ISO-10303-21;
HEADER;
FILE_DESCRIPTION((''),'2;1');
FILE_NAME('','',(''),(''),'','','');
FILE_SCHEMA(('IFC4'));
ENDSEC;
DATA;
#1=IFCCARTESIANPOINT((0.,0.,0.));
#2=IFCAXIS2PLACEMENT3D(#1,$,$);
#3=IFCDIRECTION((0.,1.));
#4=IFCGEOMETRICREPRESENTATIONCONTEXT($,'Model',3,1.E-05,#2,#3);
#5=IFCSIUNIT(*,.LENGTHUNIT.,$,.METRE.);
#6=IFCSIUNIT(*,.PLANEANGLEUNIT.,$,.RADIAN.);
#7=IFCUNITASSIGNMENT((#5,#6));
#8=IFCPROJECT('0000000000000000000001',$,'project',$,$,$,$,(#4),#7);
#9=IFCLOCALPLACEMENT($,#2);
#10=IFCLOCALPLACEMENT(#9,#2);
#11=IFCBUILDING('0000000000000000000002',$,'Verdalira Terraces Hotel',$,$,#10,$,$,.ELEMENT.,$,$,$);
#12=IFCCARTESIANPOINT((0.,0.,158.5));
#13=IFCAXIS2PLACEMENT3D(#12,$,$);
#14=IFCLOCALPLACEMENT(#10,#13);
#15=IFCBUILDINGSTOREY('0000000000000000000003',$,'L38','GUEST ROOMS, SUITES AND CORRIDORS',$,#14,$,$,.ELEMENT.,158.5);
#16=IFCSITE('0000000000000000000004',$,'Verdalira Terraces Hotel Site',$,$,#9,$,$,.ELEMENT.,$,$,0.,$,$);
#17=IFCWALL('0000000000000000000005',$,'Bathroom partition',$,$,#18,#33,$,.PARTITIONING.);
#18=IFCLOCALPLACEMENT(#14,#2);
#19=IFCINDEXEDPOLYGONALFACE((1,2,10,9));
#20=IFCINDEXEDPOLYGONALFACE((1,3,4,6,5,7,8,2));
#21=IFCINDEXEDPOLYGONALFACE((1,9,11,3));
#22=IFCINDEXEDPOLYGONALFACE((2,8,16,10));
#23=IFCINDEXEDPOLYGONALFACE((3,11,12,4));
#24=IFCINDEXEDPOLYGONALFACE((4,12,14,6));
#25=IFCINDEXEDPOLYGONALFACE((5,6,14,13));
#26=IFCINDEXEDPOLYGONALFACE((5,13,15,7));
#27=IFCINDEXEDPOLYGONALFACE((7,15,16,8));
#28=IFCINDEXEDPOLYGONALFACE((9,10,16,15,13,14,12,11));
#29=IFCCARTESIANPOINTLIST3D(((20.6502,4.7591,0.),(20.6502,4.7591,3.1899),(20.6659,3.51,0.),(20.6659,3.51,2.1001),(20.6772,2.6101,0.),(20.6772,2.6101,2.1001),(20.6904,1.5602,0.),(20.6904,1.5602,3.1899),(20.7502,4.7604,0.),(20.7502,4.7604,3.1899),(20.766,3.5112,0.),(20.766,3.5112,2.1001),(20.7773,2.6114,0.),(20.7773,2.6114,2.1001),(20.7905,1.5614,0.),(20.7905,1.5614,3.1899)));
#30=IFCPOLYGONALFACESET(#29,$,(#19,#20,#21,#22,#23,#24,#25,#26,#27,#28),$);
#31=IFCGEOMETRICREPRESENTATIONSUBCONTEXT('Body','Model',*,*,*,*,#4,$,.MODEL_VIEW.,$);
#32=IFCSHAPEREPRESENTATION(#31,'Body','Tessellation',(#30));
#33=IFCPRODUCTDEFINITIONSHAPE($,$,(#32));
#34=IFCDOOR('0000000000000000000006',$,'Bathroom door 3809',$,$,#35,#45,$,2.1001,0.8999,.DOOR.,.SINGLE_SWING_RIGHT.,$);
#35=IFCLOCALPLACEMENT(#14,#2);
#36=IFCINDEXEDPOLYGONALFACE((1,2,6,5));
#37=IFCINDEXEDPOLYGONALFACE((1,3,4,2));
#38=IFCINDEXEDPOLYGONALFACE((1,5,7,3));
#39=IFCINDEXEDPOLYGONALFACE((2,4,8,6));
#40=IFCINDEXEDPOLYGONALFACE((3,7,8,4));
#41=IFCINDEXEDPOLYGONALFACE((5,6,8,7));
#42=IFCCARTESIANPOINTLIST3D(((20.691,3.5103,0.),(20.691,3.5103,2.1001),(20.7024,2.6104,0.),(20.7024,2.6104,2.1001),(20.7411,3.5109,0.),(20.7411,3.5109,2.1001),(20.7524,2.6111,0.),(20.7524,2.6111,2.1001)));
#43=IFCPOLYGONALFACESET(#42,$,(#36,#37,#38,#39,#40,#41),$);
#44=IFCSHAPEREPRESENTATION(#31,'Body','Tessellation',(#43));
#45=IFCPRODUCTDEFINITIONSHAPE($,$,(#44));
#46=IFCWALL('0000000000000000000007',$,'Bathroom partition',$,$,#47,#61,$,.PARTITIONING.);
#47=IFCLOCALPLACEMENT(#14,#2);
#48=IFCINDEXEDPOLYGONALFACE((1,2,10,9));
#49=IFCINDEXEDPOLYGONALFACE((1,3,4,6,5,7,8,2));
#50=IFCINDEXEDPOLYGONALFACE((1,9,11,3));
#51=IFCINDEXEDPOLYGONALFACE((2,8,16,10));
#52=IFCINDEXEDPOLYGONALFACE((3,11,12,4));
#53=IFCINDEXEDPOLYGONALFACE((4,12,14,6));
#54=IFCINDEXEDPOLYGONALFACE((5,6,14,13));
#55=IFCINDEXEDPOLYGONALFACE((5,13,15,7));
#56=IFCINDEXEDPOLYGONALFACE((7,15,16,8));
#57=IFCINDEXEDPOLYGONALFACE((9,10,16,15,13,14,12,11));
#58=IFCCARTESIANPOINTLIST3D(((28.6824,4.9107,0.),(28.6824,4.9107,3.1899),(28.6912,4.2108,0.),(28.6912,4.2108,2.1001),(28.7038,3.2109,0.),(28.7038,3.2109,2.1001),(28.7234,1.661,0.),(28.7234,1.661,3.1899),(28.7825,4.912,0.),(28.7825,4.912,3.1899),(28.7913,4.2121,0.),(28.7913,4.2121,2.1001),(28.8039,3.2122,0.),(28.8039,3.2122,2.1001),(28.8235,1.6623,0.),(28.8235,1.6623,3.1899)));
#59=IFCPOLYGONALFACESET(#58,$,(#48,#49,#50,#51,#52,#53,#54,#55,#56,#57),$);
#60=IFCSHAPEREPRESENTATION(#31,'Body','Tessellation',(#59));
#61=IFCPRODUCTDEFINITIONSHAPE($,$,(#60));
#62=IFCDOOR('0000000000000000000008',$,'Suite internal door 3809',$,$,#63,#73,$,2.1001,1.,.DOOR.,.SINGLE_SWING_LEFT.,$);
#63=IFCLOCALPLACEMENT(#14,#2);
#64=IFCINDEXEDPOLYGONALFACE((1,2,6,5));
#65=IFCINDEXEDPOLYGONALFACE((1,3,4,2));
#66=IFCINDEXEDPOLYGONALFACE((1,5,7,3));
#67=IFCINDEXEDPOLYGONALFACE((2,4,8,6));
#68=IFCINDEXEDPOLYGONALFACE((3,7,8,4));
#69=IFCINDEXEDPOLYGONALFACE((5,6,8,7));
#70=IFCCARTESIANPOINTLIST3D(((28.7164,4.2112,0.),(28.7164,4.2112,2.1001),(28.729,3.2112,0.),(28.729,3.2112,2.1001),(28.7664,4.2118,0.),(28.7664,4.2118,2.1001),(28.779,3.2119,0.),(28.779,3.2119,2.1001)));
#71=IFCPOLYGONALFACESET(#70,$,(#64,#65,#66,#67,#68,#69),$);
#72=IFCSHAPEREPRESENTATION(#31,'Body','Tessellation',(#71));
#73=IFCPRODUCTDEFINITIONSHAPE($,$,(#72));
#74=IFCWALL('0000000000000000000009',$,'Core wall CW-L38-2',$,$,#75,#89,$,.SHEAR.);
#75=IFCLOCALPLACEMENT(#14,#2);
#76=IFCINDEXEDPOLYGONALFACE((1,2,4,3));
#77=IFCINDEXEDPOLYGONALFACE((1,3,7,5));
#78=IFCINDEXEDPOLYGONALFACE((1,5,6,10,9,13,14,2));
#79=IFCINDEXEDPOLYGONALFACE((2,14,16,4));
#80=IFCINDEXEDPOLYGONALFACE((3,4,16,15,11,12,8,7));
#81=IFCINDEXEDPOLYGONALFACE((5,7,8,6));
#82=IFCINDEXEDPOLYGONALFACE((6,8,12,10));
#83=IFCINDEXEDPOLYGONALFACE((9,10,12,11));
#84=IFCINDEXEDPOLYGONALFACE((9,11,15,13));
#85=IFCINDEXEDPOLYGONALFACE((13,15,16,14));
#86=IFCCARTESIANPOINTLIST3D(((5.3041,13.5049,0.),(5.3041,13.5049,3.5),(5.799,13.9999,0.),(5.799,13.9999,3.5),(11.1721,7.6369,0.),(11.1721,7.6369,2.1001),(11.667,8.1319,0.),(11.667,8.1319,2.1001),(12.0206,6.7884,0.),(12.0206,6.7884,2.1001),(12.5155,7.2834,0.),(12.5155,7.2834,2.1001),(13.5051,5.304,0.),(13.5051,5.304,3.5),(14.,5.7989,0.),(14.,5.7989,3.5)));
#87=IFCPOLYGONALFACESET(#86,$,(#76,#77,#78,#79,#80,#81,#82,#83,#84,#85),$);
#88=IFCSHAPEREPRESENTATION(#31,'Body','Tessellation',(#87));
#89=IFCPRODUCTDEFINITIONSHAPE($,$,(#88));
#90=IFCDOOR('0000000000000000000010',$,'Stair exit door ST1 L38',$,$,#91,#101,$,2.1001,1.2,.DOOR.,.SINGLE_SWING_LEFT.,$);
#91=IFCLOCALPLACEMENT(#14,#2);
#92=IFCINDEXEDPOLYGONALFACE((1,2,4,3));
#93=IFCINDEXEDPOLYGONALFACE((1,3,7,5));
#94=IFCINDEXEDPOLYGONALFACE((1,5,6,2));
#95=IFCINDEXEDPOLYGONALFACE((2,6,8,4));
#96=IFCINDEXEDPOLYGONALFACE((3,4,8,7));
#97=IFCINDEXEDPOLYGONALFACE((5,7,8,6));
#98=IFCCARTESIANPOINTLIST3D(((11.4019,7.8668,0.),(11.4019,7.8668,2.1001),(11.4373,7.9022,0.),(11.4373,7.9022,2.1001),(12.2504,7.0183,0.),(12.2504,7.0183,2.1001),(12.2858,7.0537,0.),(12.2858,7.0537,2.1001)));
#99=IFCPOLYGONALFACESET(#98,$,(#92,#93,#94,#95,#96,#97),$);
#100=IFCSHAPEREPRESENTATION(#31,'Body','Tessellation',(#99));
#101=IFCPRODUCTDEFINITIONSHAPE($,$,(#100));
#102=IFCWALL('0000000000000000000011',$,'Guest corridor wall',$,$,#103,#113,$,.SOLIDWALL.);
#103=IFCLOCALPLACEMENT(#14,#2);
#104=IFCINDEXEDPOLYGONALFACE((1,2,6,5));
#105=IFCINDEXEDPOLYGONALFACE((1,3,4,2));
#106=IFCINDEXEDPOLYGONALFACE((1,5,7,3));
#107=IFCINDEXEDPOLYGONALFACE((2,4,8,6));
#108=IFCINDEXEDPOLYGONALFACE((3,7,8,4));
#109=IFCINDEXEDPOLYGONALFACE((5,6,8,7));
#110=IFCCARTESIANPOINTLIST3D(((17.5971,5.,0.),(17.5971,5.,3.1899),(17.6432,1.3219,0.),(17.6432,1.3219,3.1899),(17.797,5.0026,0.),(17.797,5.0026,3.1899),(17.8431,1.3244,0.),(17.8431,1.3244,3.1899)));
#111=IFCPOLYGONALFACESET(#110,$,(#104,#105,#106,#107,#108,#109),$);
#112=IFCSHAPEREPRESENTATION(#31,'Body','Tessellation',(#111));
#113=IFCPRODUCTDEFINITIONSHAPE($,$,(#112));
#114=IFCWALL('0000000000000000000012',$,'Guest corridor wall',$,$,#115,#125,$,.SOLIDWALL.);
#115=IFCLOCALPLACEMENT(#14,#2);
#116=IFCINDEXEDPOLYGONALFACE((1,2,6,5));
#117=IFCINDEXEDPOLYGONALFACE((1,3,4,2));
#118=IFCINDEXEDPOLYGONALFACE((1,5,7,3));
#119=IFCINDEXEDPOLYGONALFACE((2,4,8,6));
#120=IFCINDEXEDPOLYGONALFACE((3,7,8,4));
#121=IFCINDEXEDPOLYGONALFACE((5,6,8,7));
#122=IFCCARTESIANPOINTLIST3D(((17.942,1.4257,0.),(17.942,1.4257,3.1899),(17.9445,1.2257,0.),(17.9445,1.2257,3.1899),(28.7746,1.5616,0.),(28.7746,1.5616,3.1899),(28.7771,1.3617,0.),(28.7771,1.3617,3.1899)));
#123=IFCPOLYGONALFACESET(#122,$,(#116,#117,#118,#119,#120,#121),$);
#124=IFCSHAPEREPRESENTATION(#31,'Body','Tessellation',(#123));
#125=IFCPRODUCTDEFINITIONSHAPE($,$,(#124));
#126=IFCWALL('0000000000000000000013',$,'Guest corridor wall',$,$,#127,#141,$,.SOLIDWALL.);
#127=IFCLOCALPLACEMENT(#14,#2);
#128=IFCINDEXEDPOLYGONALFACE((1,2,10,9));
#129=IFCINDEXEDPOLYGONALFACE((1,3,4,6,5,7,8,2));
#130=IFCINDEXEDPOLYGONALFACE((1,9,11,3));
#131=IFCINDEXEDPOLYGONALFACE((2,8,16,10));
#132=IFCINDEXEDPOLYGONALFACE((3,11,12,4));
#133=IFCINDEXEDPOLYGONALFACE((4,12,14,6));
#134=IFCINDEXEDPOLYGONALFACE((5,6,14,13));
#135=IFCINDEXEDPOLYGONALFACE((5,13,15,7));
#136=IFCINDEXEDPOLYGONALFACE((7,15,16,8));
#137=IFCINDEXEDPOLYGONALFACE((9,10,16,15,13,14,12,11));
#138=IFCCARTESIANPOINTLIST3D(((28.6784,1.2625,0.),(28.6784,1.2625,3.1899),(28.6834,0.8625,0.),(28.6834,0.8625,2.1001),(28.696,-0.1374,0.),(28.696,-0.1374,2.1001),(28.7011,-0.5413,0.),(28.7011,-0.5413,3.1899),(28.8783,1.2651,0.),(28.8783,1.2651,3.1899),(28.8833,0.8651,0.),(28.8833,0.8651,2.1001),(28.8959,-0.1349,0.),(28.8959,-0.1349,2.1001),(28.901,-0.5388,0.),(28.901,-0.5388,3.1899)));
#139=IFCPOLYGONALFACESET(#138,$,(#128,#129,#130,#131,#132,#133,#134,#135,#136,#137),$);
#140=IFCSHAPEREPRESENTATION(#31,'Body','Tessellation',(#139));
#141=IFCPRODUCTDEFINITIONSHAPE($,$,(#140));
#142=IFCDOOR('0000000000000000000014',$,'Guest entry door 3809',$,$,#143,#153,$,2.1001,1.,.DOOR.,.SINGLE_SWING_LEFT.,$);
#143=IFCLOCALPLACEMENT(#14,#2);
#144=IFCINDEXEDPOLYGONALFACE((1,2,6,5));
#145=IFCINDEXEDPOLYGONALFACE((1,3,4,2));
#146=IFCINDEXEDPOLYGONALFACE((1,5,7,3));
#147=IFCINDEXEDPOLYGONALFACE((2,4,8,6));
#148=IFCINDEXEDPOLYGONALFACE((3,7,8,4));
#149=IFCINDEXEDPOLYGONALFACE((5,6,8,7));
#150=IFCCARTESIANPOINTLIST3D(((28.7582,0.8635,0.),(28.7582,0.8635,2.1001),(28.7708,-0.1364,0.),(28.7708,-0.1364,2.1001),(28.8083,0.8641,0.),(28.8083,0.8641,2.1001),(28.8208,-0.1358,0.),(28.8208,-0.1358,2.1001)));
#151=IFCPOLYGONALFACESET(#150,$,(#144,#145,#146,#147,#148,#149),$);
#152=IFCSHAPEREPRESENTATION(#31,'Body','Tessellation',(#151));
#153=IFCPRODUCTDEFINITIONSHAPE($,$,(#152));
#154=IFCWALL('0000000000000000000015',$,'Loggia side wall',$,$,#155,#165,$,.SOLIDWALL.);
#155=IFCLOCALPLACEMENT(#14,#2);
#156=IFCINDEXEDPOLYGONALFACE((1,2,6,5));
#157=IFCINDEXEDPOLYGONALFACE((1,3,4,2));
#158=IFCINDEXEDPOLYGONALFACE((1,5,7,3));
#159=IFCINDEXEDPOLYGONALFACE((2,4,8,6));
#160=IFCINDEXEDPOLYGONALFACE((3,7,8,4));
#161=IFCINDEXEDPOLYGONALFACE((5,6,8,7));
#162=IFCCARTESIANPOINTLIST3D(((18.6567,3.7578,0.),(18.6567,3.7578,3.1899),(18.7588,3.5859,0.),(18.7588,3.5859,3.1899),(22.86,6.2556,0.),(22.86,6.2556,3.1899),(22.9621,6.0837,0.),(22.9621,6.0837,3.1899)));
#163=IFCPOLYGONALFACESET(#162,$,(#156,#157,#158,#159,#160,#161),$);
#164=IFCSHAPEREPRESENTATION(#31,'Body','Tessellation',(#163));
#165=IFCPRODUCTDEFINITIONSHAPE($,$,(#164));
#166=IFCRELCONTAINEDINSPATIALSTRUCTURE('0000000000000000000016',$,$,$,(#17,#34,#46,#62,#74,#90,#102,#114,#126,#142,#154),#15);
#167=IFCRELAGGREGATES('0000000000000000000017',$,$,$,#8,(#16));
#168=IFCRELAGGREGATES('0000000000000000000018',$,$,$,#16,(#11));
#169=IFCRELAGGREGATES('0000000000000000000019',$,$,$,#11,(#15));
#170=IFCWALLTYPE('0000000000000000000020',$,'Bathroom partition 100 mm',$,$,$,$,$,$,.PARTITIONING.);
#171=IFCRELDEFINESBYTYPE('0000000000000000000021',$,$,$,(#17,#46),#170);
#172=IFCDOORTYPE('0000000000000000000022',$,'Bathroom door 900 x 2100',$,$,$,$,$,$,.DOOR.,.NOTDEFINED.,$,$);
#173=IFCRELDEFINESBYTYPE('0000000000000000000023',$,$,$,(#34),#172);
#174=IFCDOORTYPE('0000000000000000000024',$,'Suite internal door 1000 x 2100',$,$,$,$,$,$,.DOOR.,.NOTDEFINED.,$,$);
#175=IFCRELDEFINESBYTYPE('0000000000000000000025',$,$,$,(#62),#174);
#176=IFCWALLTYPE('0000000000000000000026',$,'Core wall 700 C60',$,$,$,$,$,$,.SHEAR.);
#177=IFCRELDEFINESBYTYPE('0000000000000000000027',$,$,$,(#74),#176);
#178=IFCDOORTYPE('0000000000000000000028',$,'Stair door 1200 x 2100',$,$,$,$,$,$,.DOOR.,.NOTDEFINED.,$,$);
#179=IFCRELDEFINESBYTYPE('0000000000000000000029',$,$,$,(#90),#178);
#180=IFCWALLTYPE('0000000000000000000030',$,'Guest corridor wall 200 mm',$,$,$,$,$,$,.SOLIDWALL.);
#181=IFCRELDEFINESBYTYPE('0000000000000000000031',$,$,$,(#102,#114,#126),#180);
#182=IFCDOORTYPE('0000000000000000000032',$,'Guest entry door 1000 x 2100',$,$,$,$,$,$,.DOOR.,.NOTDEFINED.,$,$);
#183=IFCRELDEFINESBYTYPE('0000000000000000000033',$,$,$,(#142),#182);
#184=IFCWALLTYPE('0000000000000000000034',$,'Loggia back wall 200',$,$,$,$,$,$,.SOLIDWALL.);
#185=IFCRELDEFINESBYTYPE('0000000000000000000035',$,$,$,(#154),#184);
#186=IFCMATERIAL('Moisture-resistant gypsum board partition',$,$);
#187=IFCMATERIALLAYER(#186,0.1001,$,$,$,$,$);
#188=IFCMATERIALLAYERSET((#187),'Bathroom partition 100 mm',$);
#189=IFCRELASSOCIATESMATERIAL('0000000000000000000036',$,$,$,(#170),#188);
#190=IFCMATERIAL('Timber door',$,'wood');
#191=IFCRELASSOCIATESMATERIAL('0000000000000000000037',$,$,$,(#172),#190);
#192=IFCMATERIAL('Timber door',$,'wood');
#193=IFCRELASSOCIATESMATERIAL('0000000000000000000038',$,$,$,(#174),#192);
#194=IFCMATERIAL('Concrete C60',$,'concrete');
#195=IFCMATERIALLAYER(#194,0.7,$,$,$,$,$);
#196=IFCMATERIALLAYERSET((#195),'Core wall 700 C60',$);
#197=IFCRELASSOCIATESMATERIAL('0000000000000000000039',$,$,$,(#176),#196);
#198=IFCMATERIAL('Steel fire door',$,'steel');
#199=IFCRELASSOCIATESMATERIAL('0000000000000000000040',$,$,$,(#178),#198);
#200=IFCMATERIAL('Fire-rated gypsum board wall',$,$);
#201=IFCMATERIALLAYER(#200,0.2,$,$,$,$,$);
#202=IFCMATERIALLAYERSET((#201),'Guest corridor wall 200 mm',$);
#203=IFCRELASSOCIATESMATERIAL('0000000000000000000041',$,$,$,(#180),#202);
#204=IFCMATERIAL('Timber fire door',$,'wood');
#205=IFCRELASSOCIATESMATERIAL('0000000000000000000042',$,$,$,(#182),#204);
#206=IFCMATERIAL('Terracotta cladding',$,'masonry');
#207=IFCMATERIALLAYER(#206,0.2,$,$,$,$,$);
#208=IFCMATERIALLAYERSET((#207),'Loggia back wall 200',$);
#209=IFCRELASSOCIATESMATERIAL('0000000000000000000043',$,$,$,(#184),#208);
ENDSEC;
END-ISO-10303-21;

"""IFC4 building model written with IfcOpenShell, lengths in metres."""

from ifc_helpers import new_model, si_unit, direction, frame, frame_2d, origin, place, context, subcontext, project, spatial, rectangle, extrude, material, layer, layer_set, type_object, element, fill, save


model = new_model("IFC4")

# Units and contexts
model_context = context("Model", 3, precision=1e-05, world=origin(), true_north=direction((0.0, 1.0)))
body_context = subcontext(model_context, "Body", "Model", "MODEL_VIEW")
ifc_project = project(units=[si_unit("LENGTHUNIT", "METRE"), si_unit("PLANEANGLEUNIT", "RADIAN")], contexts=[model_context])

# Site, building, storey
site_placement = place(None, origin())
site = spatial("IfcSite", under=ifc_project, at=site_placement, Name="Verdalira Terraces Hotel Site", CompositionType="ELEMENT", RefElevation=0.0)
building_placement = place(site_placement, origin())
building = spatial("IfcBuilding", under=site, at=building_placement, Name="Verdalira Terraces Hotel", CompositionType="ELEMENT")
storey_placement = place(building_placement, frame((0.0, 0.0, 158.5)))
storey = spatial("IfcBuildingStorey", under=building, at=storey_placement, Name="L38", Description="GUEST ROOMS, SUITES AND CORRIDORS", CompositionType="ELEMENT", Elevation=158.5)

# Walls, openings, doors
ifc_material_1 = material(Name="Moisture-resistant gypsum board partition")
ifc_layer_1 = layer(ifc_material_1, 0.1001)
ifc_layer_set_1 = layer_set([ifc_layer_1], Name="Bathroom partition 100 mm")
wall_type_1 = type_object("IfcWallType", Name="Bathroom partition 100 mm", PredefinedType="PARTITIONING", material=ifc_layer_set_1)
wall_1_placement = place(storey_placement, frame((20.7405, 1.5608, 0.0), z_axis=(0.0, 0.0, 1.0), x_axis=(-0.012592, 0.999921, 0.0)))
wall_1 = element("IfcWall", 1, at=wall_1_placement, inside=storey, type_object=wall_type_1, Name="Bathroom partition", PredefinedType="PARTITIONING", context=body_context, shape_type="SweptSolid", body=[
    extrude(rectangle(XDim=3.1992, YDim=0.1001, at=frame_2d((1.5996, 0.0))), origin(), (0.0, 0.0, 1.0), 3.1899),
])
opening_1_placement = place(wall_1_placement, frame((1.05, 0.0, 0.0)))
opening_1 = element("IfcOpeningElement", 2, at=opening_1_placement, cuts=wall_1, PredefinedType="OPENING", context=body_context, shape_type="SweptSolid", body=[
    extrude(rectangle(XDim=0.8999, YDim=2.1001, at=frame_2d((0.45, 1.05))), frame((0.0, 0.0601, 0.0), z_axis=(0.0, -1.0, 0.0), x_axis=(1.0, 0.0, 0.0)), (0.0, 0.0, 1.0), 0.1201),
])
ifc_material_2 = material(Name="Timber door", Category="wood")
door_type_1 = type_object("IfcDoorType", Name="Bathroom door 900 x 2100", OperationType="NOTDEFINED", PredefinedType="DOOR", material=ifc_material_2)
door_1_placement = place(opening_1_placement, origin())
door_1 = element("IfcDoor", 3, at=door_1_placement, inside=storey, type_object=door_type_1, Name="Bathroom door 3809", OperationType="SINGLE_SWING_RIGHT", OverallHeight=2.1001, OverallWidth=0.8999, PredefinedType="DOOR", context=body_context, shape_type="SweptSolid", body=[
    extrude(rectangle(XDim=0.8999, YDim=2.1001, at=frame_2d((0.45, 1.05))), frame((0.0, 0.0249, 0.0), z_axis=(0.0, -1.0, 0.0), x_axis=(1.0, 0.0, 0.0)), (0.0, 0.0, 1.0), 0.05),
])
fill(opening_1, door_1)
wall_2_placement = place(storey_placement, frame((28.7734, 1.6616, 0.0), z_axis=(0.0, 0.0, 1.0), x_axis=(-0.01262, 0.99992, 0.0)))
wall_2 = element("IfcWall", 4, at=wall_2_placement, inside=storey, type_object=wall_type_1, Name="Bathroom partition", PredefinedType="PARTITIONING", context=body_context, shape_type="SweptSolid", body=[
    extrude(rectangle(XDim=3.25, YDim=0.1001, at=frame_2d((1.625, 0.0))), origin(), (0.0, 0.0, 1.0), 3.1899),
])
opening_2_placement = place(wall_2_placement, frame((1.55, 0.0, 0.0)))
opening_2 = element("IfcOpeningElement", 5, at=opening_2_placement, cuts=wall_2, PredefinedType="OPENING", context=body_context, shape_type="SweptSolid", body=[
    extrude(rectangle(XDim=1.0, YDim=2.1001, at=frame_2d((0.5, 1.05))), frame((0.0, 0.0601, 0.0), z_axis=(0.0, -1.0, 0.0), x_axis=(1.0, 0.0, 0.0)), (0.0, 0.0, 1.0), 0.1201),
])
ifc_material_3 = material(Name="Timber door", Category="wood")
door_type_2 = type_object("IfcDoorType", Name="Suite internal door 1000 x 2100", OperationType="NOTDEFINED", PredefinedType="DOOR", material=ifc_material_3)
door_2_placement = place(opening_2_placement, origin())
door_2 = element("IfcDoor", 6, at=door_2_placement, inside=storey, type_object=door_type_2, Name="Suite internal door 3809", OperationType="SINGLE_SWING_LEFT", OverallHeight=2.1001, OverallWidth=1.0, PredefinedType="DOOR", context=body_context, shape_type="SweptSolid", body=[
    extrude(rectangle(XDim=1.0, YDim=2.1001, at=frame_2d((0.5, 1.05))), frame((0.0, 0.0249, 0.0), z_axis=(0.0, -1.0, 0.0), x_axis=(1.0, 0.0, 0.0)), (0.0, 0.0, 1.0), 0.05),
])
fill(opening_2, door_2)
ifc_material_4 = material(Name="Concrete C60", Category="concrete")
ifc_layer_2 = layer(ifc_material_4, 0.7)
ifc_layer_set_2 = layer_set([ifc_layer_2], Name="Core wall 700 C60")
wall_type_2 = type_object("IfcWallType", Name="Core wall 700 C60", PredefinedType="SHEAR", material=ifc_layer_set_2)
wall_3_placement = place(storey_placement, frame((13.7524, 5.5515, 0.0), z_axis=(0.0, 0.0, 1.0), x_axis=(-0.707107, 0.707107, 0.0)))
wall_3 = element("IfcWall", 7, at=wall_3_placement, inside=storey, type_object=wall_type_2, Name="Core wall CW-L38-2", PredefinedType="SHEAR", context=body_context, shape_type="SweptSolid", body=[
    extrude(rectangle(XDim=11.5979, YDim=0.7, at=frame_2d((5.7988, 0.0))), origin(), (0.0, 0.0, 1.0), 3.5),
])
opening_3_placement = place(wall_3_placement, frame((2.0991, 0.0, 0.0)))
opening_3 = element("IfcOpeningElement", 8, at=opening_3_placement, cuts=wall_3, PredefinedType="OPENING", context=body_context, shape_type="SweptSolid", body=[
    extrude(rectangle(XDim=1.2, YDim=2.1001, at=frame_2d((0.6001, 1.05))), frame((0.0, 0.3599, 0.0), z_axis=(0.0, -1.0, 0.0), x_axis=(1.0, 0.0, 0.0)), (0.0, 0.0, 1.0), 0.72),
])
ifc_material_5 = material(Name="Steel fire door", Category="steel")
door_type_3 = type_object("IfcDoorType", Name="Stair door 1200 x 2100", OperationType="NOTDEFINED", PredefinedType="DOOR", material=ifc_material_5)
door_3_placement = place(opening_3_placement, origin())
door_3 = element("IfcDoor", 9, at=door_3_placement, inside=storey, type_object=door_type_3, Name="Stair exit door ST1 L38", OperationType="SINGLE_SWING_LEFT", OverallHeight=2.1001, OverallWidth=1.2, PredefinedType="DOOR", context=body_context, shape_type="SweptSolid", body=[
    extrude(rectangle(XDim=1.2, YDim=2.1001, at=frame_2d((0.6001, 1.05))), frame((0.0, 0.0249, 0.0), z_axis=(0.0, -1.0, 0.0), x_axis=(1.0, 0.0, 0.0)), (0.0, 0.0, 1.0), 0.05),
])
fill(opening_3, door_3)

# Walls
ifc_material_6 = material(Name="Fire-rated gypsum board wall")
ifc_layer_3 = layer(ifc_material_6, 0.2)
ifc_layer_set_3 = layer_set([ifc_layer_3], Name="Guest corridor wall 200 mm")
wall_type_3 = type_object("IfcWallType", Name="Guest corridor wall 200 mm", PredefinedType="SOLIDWALL", material=ifc_layer_set_3)
wall_4_placement = place(storey_placement, frame((17.7432, 1.323, 0.0), z_axis=(0.0, 0.0, 1.0), x_axis=(-0.012544, 0.999921, 0.0)))
element("IfcWall", 10, at=wall_4_placement, inside=storey, type_object=wall_type_3, Name="Guest corridor wall", PredefinedType="SOLIDWALL", context=body_context, shape_type="SweptSolid", body=[
    extrude(rectangle(XDim=3.6785, YDim=0.2, at=frame_2d((1.8394, 0.0))), origin(), (0.0, 0.0, 1.0), 3.1899),
])
wall_5_placement = place(storey_placement, frame((28.7759, 1.4617, 0.0), z_axis=(0.0, 0.0, 1.0), x_axis=(-0.999921, -0.012552, 0.0)))
element("IfcWall", 11, at=wall_5_placement, inside=storey, type_object=wall_type_3, Name="Guest corridor wall", PredefinedType="SOLIDWALL", context=body_context, shape_type="SweptSolid", body=[
    extrude(rectangle(XDim=10.8335, YDim=0.2, at=frame_2d((5.4167, 0.0))), origin(), (0.0, 0.0, 1.0), 3.1899),
])

# Wall, opening, door
wall_6_placement = place(storey_placement, frame((28.7783, 1.2637, 0.0), z_axis=(0.0, 0.0, 1.0), x_axis=(0.012587, -0.999921, 0.0)))
wall_6 = element("IfcWall", 12, at=wall_6_placement, inside=storey, type_object=wall_type_3, Name="Guest corridor wall", PredefinedType="SOLIDWALL", context=body_context, shape_type="SweptSolid", body=[
    extrude(rectangle(XDim=1.804, YDim=0.2, at=frame_2d((0.9019, 0.0))), origin(), (0.0, 0.0, 1.0), 3.1899),
])
opening_4_placement = place(wall_6_placement, frame((0.3999, 0.0, 0.0)))
opening_4 = element("IfcOpeningElement", 13, at=opening_4_placement, cuts=wall_6, PredefinedType="OPENING", context=body_context, shape_type="SweptSolid", body=[
    extrude(rectangle(XDim=1.0, YDim=2.1001, at=frame_2d((0.5, 1.05))), frame((0.0, 0.1099, 0.0), z_axis=(0.0, -1.0, 0.0), x_axis=(1.0, 0.0, 0.0)), (0.0, 0.0, 1.0), 0.22),
])
ifc_material_7 = material(Name="Timber fire door", Category="wood")
door_type_4 = type_object("IfcDoorType", Name="Guest entry door 1000 x 2100", OperationType="NOTDEFINED", PredefinedType="DOOR", material=ifc_material_7)
door_4_placement = place(opening_4_placement, origin())
door_4 = element("IfcDoor", 14, at=door_4_placement, inside=storey, type_object=door_type_4, Name="Guest entry door 3809", OperationType="SINGLE_SWING_LEFT", OverallHeight=2.1001, OverallWidth=1.0, PredefinedType="DOOR", context=body_context, shape_type="SweptSolid", body=[
    extrude(rectangle(XDim=1.0, YDim=2.1001, at=frame_2d((0.5, 1.05))), frame((0.0, 0.0249, 0.0), z_axis=(0.0, -1.0, 0.0), x_axis=(1.0, 0.0, 0.0)), (0.0, 0.0, 1.0), 0.05),
])
fill(opening_4, door_4)

# Wall
ifc_material_8 = material(Name="Terracotta cladding", Category="masonry")
ifc_layer_4 = layer(ifc_material_8, 0.2)
ifc_layer_set_4 = layer_set([ifc_layer_4], Name="Loggia back wall 200")
wall_type_4 = type_object("IfcWallType", Name="Loggia back wall 200", PredefinedType="SOLIDWALL", material=ifc_layer_set_4)
wall_7_placement = place(storey_placement, frame((22.9111, 6.1697, 0.0), z_axis=(0.0, 0.0, 1.0), x_axis=(-0.85967, -0.510849, 0.0)))
element("IfcWall", 15, at=wall_7_placement, inside=storey, type_object=wall_type_4, Name="Loggia side wall", PredefinedType="SOLIDWALL", context=body_context, shape_type="SweptSolid", body=[
    extrude(rectangle(XDim=4.8894, YDim=0.2, at=frame_2d((2.4448, 0.0))), origin(), (0.0, 0.0, 1.0), 3.1899),
])

save(model, "model.ifc")
